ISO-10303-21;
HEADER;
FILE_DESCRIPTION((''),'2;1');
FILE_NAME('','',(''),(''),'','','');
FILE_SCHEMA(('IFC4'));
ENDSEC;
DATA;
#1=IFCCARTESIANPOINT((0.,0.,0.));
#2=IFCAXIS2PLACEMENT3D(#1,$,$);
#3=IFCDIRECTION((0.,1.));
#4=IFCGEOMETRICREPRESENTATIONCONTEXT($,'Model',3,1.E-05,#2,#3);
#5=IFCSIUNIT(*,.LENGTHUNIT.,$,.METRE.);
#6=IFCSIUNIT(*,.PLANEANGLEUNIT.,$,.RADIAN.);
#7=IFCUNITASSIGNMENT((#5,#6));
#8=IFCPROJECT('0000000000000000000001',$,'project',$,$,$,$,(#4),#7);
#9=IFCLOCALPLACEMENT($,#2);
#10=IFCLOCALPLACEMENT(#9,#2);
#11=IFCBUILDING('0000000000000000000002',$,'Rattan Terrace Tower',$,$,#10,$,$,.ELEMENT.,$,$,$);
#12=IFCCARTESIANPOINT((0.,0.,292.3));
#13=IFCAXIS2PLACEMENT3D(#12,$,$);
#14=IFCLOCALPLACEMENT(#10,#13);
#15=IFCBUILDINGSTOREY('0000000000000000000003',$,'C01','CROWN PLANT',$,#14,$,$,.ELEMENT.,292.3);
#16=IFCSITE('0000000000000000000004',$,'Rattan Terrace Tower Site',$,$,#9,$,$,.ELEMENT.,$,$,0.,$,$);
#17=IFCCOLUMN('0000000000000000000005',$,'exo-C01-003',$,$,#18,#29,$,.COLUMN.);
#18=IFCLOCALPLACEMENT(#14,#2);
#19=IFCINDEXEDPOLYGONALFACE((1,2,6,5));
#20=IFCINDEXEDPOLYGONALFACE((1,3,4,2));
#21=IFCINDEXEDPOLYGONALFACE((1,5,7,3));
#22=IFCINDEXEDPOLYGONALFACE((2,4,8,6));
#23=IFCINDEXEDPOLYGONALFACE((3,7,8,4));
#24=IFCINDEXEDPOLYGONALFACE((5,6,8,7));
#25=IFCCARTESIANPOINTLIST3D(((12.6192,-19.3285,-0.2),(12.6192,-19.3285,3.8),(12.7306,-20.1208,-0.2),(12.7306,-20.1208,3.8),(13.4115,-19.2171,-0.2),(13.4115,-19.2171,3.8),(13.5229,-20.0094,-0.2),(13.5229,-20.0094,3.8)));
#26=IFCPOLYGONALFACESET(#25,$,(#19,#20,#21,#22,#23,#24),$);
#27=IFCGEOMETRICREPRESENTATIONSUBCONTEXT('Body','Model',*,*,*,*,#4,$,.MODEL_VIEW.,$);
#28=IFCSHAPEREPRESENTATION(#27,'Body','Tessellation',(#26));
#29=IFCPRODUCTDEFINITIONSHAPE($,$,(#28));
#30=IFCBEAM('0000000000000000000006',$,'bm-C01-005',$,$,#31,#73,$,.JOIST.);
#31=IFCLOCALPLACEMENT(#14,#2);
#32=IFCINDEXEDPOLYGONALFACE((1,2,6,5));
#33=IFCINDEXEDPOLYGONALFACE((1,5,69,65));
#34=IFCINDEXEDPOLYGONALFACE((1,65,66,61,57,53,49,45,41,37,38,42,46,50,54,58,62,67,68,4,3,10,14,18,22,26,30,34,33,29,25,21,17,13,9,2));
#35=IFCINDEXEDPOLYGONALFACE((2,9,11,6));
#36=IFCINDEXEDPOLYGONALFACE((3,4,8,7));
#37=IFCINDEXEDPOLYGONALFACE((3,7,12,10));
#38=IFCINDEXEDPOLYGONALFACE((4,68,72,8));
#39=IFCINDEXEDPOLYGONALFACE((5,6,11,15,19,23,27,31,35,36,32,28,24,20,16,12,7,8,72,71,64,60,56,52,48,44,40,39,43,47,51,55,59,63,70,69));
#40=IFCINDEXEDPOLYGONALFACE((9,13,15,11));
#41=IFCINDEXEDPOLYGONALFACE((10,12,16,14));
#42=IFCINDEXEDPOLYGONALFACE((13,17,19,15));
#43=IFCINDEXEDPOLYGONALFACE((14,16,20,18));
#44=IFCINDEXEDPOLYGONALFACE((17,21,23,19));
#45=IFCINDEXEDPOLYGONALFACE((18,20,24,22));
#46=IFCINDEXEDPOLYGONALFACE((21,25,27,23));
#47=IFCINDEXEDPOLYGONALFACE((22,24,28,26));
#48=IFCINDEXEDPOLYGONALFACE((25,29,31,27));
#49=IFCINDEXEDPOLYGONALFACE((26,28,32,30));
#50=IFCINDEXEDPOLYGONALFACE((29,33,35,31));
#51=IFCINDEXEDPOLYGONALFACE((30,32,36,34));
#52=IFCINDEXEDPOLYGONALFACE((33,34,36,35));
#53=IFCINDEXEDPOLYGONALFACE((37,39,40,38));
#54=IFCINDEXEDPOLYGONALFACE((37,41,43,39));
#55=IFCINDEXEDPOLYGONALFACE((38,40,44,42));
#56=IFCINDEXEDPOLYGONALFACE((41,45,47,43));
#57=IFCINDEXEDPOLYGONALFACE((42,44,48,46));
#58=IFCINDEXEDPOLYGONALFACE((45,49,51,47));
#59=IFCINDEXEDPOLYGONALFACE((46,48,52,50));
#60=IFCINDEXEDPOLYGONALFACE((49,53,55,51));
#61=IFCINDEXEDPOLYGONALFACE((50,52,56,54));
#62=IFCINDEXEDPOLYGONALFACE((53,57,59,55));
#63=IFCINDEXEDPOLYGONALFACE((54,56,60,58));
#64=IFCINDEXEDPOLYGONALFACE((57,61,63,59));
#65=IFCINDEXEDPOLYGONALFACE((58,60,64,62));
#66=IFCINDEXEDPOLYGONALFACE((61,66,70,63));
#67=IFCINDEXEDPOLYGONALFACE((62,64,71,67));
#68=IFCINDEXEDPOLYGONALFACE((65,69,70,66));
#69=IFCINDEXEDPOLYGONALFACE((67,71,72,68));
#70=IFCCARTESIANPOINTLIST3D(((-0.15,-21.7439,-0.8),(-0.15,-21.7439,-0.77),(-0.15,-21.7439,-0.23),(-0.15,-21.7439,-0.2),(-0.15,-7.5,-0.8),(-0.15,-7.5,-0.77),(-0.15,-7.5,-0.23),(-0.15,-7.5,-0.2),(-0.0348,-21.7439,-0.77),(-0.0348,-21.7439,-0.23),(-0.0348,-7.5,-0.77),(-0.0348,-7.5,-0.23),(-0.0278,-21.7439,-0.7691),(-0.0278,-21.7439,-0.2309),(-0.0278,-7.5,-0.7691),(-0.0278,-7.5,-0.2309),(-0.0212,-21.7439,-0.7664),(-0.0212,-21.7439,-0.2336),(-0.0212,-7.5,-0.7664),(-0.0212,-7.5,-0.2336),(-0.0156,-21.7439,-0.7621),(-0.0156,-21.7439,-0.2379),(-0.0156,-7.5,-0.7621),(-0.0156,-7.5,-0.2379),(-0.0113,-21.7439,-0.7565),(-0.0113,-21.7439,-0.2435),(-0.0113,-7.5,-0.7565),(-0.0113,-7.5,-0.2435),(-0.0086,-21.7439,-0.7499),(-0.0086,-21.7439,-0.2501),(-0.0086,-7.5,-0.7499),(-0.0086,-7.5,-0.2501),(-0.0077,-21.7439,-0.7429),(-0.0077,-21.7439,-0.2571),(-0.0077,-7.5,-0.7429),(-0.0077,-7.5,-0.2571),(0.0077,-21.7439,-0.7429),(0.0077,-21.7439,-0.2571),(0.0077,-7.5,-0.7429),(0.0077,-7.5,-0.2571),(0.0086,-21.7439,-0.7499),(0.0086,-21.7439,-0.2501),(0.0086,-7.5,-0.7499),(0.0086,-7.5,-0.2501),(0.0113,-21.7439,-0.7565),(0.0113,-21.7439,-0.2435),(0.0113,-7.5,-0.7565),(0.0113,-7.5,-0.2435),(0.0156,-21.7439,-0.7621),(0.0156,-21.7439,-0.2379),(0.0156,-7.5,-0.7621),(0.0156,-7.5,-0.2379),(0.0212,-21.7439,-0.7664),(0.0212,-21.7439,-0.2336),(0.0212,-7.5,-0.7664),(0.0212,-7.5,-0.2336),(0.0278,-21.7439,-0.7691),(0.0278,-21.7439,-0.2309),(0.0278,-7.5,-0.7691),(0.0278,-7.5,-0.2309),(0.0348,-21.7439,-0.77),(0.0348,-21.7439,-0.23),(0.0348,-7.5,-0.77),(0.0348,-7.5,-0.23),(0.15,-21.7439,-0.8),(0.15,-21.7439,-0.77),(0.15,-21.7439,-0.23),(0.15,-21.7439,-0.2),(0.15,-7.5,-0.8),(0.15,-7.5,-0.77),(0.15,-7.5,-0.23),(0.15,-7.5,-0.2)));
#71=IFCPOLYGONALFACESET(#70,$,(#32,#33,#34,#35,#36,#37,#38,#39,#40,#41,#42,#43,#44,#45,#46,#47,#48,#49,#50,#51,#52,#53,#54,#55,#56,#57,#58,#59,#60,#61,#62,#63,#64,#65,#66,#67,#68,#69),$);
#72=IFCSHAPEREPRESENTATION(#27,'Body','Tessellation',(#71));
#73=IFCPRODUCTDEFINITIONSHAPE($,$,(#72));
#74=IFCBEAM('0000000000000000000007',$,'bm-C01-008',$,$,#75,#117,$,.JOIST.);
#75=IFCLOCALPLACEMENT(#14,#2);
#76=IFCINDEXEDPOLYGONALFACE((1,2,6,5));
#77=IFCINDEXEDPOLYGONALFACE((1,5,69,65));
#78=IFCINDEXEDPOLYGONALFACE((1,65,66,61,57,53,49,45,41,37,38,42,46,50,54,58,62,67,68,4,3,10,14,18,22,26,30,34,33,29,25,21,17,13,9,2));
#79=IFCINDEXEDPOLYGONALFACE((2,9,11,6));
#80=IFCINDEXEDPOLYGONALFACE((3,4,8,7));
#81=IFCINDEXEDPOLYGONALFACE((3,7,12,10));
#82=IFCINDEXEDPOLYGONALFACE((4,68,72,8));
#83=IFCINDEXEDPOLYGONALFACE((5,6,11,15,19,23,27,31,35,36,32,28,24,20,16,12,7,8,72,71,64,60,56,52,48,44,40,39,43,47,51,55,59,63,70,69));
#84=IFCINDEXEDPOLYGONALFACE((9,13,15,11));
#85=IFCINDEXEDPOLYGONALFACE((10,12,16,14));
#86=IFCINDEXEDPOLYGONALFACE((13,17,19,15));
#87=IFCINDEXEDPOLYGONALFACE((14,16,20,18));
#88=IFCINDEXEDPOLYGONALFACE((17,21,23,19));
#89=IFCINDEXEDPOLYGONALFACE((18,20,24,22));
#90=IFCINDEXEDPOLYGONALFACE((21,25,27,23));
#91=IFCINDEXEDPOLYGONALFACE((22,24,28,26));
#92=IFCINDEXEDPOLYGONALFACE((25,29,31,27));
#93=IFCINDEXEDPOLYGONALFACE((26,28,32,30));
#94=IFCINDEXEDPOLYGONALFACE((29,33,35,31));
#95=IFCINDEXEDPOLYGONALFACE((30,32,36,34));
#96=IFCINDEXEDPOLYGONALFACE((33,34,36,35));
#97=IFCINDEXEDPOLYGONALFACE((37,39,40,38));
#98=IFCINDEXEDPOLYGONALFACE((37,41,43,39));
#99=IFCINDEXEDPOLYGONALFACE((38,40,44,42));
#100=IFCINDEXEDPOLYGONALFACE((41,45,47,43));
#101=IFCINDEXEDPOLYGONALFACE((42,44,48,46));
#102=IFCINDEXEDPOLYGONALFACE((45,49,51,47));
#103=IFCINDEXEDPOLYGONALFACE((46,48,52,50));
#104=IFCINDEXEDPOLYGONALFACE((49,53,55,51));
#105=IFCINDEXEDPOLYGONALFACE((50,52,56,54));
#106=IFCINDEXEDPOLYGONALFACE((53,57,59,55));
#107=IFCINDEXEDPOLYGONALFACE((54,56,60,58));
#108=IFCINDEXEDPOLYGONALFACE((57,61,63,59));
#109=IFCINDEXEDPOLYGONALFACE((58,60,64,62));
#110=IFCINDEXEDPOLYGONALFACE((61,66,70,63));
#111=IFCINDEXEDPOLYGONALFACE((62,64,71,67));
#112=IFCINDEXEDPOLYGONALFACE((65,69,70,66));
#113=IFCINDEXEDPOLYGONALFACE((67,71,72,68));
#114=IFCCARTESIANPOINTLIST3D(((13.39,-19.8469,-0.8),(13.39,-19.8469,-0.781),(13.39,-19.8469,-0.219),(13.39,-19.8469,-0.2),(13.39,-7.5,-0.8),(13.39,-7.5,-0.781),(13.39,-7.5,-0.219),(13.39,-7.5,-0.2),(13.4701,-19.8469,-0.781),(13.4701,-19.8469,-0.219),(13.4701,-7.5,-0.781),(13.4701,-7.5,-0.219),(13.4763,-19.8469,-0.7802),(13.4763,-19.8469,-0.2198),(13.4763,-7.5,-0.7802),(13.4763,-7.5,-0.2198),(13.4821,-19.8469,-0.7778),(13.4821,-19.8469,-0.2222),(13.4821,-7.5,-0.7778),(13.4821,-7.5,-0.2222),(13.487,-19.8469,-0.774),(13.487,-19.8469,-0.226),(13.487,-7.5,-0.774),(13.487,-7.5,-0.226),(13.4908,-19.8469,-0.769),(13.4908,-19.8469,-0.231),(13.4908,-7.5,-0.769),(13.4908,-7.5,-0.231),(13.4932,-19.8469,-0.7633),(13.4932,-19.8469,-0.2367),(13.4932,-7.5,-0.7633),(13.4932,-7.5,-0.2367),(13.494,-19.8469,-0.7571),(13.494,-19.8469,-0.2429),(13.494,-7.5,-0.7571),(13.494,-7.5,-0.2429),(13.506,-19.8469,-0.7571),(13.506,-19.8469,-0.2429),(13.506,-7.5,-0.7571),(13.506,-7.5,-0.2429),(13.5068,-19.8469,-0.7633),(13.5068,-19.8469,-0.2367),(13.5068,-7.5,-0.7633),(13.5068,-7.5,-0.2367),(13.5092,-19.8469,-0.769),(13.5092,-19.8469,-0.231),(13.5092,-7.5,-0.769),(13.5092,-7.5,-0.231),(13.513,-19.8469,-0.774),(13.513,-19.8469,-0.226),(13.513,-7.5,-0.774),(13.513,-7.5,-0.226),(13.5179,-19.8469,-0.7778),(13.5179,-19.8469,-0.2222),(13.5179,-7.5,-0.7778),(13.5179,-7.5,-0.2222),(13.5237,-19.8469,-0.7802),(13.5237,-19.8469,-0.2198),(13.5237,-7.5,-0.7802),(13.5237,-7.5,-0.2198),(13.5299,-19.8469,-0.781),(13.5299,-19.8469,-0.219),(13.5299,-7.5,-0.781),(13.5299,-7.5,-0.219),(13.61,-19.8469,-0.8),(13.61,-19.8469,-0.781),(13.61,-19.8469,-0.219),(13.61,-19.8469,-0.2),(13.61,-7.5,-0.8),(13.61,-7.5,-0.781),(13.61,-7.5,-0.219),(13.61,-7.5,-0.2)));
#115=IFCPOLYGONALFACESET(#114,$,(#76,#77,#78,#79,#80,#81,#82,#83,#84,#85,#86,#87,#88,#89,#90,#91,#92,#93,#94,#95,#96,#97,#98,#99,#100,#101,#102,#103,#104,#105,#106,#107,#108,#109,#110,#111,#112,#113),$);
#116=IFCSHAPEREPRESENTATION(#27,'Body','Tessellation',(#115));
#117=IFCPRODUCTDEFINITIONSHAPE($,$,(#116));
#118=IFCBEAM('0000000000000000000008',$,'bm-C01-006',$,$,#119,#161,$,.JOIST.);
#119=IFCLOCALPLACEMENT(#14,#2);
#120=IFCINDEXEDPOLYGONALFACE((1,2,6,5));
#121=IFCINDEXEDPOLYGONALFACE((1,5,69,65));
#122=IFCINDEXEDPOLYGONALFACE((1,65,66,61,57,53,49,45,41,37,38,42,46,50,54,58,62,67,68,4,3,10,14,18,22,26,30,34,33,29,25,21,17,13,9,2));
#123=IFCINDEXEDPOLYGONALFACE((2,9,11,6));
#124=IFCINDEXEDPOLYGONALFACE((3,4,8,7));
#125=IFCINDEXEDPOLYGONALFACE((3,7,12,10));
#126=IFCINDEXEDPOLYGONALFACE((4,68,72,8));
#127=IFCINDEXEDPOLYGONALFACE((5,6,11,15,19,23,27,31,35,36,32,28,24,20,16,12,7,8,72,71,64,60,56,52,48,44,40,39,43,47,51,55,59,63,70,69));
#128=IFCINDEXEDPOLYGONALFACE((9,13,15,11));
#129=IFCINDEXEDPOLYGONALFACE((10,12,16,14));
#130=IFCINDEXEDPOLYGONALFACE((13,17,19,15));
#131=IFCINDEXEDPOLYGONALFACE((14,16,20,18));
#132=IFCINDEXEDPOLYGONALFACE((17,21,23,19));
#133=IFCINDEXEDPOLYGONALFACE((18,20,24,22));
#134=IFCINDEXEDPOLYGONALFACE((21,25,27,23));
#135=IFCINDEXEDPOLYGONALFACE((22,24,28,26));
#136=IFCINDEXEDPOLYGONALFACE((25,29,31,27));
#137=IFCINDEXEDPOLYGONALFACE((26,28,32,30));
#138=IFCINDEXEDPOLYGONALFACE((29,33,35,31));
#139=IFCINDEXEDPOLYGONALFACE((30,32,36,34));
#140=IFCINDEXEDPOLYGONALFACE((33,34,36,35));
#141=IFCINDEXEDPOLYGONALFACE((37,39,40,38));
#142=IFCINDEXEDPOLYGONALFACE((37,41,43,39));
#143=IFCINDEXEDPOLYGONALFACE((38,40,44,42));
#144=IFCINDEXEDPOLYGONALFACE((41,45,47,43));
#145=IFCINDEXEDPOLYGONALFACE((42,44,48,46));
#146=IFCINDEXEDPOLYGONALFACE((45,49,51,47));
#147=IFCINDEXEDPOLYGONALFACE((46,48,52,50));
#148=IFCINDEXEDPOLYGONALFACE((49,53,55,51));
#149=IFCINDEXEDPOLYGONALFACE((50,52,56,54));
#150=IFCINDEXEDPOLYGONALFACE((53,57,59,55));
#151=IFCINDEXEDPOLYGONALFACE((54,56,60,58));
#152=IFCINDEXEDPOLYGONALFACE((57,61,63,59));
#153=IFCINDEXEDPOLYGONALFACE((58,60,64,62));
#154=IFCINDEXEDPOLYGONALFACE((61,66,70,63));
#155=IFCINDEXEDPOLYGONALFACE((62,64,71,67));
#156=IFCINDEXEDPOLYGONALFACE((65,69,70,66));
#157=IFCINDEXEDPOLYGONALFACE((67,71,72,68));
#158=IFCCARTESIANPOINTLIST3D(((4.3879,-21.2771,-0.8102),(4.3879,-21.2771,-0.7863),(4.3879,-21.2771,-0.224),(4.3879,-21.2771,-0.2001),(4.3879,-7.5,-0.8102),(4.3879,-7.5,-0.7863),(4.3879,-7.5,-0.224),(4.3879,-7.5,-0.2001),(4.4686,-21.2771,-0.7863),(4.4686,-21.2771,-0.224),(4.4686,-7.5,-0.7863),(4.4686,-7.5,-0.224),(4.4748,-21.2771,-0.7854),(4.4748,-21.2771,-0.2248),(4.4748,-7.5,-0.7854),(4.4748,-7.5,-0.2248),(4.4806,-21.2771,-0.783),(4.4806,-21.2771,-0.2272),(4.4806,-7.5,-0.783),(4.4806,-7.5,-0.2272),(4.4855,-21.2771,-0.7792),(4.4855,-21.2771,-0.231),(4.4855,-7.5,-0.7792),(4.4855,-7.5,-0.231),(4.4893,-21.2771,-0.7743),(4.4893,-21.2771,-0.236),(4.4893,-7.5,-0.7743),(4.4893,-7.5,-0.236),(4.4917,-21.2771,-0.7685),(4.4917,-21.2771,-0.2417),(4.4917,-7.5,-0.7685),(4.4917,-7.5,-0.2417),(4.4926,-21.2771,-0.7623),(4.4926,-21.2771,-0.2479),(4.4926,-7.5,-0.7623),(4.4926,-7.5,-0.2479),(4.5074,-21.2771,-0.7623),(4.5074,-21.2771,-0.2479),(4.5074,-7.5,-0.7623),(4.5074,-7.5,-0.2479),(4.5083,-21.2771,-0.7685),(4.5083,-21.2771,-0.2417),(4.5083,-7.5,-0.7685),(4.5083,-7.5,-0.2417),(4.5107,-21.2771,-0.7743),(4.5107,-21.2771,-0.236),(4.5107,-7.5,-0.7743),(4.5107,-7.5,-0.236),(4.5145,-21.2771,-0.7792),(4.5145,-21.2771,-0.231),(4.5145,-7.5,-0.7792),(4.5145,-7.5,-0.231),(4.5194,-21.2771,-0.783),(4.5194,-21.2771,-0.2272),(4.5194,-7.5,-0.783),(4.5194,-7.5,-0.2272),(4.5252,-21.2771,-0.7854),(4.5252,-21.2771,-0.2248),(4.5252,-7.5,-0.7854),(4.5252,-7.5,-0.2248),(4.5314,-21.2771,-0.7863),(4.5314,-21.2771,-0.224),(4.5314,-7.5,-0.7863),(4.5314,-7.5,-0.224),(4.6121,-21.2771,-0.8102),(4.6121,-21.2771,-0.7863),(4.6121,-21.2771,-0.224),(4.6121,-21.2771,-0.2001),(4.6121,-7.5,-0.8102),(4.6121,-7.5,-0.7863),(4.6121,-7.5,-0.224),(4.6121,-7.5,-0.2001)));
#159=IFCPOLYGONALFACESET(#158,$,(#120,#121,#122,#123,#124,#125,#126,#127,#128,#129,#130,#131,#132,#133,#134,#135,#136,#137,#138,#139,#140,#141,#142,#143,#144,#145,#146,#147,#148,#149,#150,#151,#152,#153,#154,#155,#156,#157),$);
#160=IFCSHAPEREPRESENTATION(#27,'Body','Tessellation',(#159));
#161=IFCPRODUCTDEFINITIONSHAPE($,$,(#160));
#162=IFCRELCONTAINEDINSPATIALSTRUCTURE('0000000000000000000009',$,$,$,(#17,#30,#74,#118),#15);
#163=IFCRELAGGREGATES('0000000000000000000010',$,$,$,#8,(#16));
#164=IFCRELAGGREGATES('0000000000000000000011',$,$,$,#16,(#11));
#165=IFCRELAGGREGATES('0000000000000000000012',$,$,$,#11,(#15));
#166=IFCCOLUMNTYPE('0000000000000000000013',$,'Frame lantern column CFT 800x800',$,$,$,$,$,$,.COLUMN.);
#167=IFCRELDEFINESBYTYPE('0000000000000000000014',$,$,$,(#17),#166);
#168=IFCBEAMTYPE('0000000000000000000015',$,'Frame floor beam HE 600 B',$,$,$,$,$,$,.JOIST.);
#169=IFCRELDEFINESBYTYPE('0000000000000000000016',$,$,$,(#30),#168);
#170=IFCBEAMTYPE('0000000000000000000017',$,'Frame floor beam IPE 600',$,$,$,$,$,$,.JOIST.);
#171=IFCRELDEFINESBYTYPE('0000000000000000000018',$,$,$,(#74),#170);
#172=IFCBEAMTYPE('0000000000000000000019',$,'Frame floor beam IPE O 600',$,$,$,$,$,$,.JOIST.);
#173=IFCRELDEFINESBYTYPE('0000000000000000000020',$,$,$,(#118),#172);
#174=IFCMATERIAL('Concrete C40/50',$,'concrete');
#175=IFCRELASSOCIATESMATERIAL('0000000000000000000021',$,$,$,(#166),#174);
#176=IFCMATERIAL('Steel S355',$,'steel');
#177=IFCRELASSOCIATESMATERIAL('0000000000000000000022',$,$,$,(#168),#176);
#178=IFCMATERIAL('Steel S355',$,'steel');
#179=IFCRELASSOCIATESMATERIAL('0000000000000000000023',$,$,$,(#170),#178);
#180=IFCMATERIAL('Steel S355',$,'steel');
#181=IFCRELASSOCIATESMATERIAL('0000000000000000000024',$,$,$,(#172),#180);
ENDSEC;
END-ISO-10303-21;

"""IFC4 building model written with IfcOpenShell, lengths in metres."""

from ifc_helpers import new_model, si_unit, direction, frame, origin, origin_2d, place, context, subcontext, project, spatial, rectangle, i_section, extrude, material, material_profile, profile_set, type_object, element, save


model = new_model("IFC4")

# Units and contexts
model_context = context("Model", 3, precision=1e-05, world=origin(), true_north=direction((0.0, 1.0)))
body_context = subcontext(model_context, "Body", "Model", "MODEL_VIEW")
ifc_project = project(units=[si_unit("LENGTHUNIT", "METRE"), si_unit("PLANEANGLEUNIT", "RADIAN")], contexts=[model_context])

# Site, building, storey
site_placement = place(None, origin())
site = spatial("IfcSite", under=ifc_project, at=site_placement, Name="Rattan Terrace Tower Site", CompositionType="ELEMENT", RefElevation=0.0)
building_placement = place(site_placement, origin())
building = spatial("IfcBuilding", under=site, at=building_placement, Name="Rattan Terrace Tower", CompositionType="ELEMENT")
storey_placement = place(building_placement, frame((0.0, 0.0, 292.3)))
storey = spatial("IfcBuildingStorey", under=building, at=storey_placement, Name="C01", Description="CROWN PLANT", CompositionType="ELEMENT", Elevation=292.3)

# Column
ifc_material_1 = material(Name="Concrete C40/50", Category="concrete")
ifc_material_profile_1 = material_profile(ifc_material_1, rectangle(XDim=0.8, YDim=0.8, at=origin_2d()), Name="CFT 800x800")
ifc_profile_set_1 = profile_set([ifc_material_profile_1], Name="Concrete C40/50")
column_type = type_object("IfcColumnType", Name="Frame lantern column CFT 800x800", PredefinedType="COLUMN", material=ifc_profile_set_1)
column_placement = place(storey_placement, frame((13.071, -19.6689, -0.2), z_axis=(0.0, 0.0, 1.0), x_axis=(0.990266, 0.13919, 0.0)))
element("IfcColumn", 1, at=column_placement, inside=storey, type_object=column_type, Name="exo-C01-003", PredefinedType="COLUMN", context=body_context, shape_type="SweptSolid", body=[
    extrude(rectangle(XDim=0.8, YDim=0.8, at=origin_2d()), origin(), (0.0, 0.0, 1.0), 4.0),
])

# Beams
ifc_material_2 = material(Name="Steel S355", Category="steel")
ifc_material_profile_2 = material_profile(ifc_material_2, i_section(OverallWidth=0.3, OverallDepth=0.6001, WebThickness=0.0154, FlangeThickness=0.03, FilletRadius=0.0271, at=origin_2d()), Name="HE 600 B")
ifc_profile_set_2 = profile_set([ifc_material_profile_2], Name="Steel S355")
beam_type_1 = type_object("IfcBeamType", Name="Frame floor beam HE 600 B", PredefinedType="JOIST", material=ifc_profile_set_2)
beam_1_placement = place(storey_placement, frame((0.0, -21.7439, -0.5), z_axis=(0.0, 1.0, 0.0), x_axis=(-1.0, 0.0, 0.0)))
element("IfcBeam", 2, at=beam_1_placement, inside=storey, type_object=beam_type_1, Name="bm-C01-005", PredefinedType="JOIST", context=body_context, shape_type="SweptSolid", body=[
    extrude(i_section(OverallWidth=0.3, OverallDepth=0.6001, WebThickness=0.0154, FlangeThickness=0.03, FilletRadius=0.0271, at=origin_2d()), origin(), (0.0, 0.0, 1.0), 14.2439),
])
ifc_material_3 = material(Name="Steel S355", Category="steel")
ifc_material_profile_3 = material_profile(ifc_material_3, i_section(OverallWidth=0.22, OverallDepth=0.6001, WebThickness=0.012, FlangeThickness=0.019, FilletRadius=0.0239, at=origin_2d()), Name="IPE 600")
ifc_profile_set_3 = profile_set([ifc_material_profile_3], Name="Steel S355")
beam_type_2 = type_object("IfcBeamType", Name="Frame floor beam IPE 600", PredefinedType="JOIST", material=ifc_profile_set_3)
beam_2_placement = place(storey_placement, frame((13.5, -19.8469, -0.5), z_axis=(0.0, 1.0, 0.0), x_axis=(-1.0, 0.0, 0.0)))
element("IfcBeam", 3, at=beam_2_placement, inside=storey, type_object=beam_type_2, Name="bm-C01-008", PredefinedType="JOIST", context=body_context, shape_type="SweptSolid", body=[
    extrude(i_section(OverallWidth=0.22, OverallDepth=0.6001, WebThickness=0.012, FlangeThickness=0.019, FilletRadius=0.0239, at=origin_2d()), origin(), (0.0, 0.0, 1.0), 12.3469),
])
ifc_material_4 = material(Name="Steel S355", Category="steel")
ifc_material_profile_4 = material_profile(ifc_material_4, i_section(OverallWidth=0.2241, OverallDepth=0.6101, WebThickness=0.0149, FlangeThickness=0.0239, FilletRadius=0.0239, at=origin_2d()), Name="IPE O 600")
ifc_profile_set_4 = profile_set([ifc_material_profile_4], Name="Steel S355")
beam_type_3 = type_object("IfcBeamType", Name="Frame floor beam IPE O 600", PredefinedType="JOIST", material=ifc_profile_set_4)
beam_3_placement = place(storey_placement, frame((4.5, -21.2771, -0.5051), z_axis=(0.0, 1.0, 0.0), x_axis=(-1.0, 0.0, 0.0)))
element("IfcBeam", 4, at=beam_3_placement, inside=storey, type_object=beam_type_3, Name="bm-C01-006", PredefinedType="JOIST", context=body_context, shape_type="SweptSolid", body=[
    extrude(i_section(OverallWidth=0.2241, OverallDepth=0.6101, WebThickness=0.0149, FlangeThickness=0.0239, FilletRadius=0.0239, at=origin_2d()), origin(), (0.0, 0.0, 1.0), 13.7771),
])

save(model, "model.ifc")
